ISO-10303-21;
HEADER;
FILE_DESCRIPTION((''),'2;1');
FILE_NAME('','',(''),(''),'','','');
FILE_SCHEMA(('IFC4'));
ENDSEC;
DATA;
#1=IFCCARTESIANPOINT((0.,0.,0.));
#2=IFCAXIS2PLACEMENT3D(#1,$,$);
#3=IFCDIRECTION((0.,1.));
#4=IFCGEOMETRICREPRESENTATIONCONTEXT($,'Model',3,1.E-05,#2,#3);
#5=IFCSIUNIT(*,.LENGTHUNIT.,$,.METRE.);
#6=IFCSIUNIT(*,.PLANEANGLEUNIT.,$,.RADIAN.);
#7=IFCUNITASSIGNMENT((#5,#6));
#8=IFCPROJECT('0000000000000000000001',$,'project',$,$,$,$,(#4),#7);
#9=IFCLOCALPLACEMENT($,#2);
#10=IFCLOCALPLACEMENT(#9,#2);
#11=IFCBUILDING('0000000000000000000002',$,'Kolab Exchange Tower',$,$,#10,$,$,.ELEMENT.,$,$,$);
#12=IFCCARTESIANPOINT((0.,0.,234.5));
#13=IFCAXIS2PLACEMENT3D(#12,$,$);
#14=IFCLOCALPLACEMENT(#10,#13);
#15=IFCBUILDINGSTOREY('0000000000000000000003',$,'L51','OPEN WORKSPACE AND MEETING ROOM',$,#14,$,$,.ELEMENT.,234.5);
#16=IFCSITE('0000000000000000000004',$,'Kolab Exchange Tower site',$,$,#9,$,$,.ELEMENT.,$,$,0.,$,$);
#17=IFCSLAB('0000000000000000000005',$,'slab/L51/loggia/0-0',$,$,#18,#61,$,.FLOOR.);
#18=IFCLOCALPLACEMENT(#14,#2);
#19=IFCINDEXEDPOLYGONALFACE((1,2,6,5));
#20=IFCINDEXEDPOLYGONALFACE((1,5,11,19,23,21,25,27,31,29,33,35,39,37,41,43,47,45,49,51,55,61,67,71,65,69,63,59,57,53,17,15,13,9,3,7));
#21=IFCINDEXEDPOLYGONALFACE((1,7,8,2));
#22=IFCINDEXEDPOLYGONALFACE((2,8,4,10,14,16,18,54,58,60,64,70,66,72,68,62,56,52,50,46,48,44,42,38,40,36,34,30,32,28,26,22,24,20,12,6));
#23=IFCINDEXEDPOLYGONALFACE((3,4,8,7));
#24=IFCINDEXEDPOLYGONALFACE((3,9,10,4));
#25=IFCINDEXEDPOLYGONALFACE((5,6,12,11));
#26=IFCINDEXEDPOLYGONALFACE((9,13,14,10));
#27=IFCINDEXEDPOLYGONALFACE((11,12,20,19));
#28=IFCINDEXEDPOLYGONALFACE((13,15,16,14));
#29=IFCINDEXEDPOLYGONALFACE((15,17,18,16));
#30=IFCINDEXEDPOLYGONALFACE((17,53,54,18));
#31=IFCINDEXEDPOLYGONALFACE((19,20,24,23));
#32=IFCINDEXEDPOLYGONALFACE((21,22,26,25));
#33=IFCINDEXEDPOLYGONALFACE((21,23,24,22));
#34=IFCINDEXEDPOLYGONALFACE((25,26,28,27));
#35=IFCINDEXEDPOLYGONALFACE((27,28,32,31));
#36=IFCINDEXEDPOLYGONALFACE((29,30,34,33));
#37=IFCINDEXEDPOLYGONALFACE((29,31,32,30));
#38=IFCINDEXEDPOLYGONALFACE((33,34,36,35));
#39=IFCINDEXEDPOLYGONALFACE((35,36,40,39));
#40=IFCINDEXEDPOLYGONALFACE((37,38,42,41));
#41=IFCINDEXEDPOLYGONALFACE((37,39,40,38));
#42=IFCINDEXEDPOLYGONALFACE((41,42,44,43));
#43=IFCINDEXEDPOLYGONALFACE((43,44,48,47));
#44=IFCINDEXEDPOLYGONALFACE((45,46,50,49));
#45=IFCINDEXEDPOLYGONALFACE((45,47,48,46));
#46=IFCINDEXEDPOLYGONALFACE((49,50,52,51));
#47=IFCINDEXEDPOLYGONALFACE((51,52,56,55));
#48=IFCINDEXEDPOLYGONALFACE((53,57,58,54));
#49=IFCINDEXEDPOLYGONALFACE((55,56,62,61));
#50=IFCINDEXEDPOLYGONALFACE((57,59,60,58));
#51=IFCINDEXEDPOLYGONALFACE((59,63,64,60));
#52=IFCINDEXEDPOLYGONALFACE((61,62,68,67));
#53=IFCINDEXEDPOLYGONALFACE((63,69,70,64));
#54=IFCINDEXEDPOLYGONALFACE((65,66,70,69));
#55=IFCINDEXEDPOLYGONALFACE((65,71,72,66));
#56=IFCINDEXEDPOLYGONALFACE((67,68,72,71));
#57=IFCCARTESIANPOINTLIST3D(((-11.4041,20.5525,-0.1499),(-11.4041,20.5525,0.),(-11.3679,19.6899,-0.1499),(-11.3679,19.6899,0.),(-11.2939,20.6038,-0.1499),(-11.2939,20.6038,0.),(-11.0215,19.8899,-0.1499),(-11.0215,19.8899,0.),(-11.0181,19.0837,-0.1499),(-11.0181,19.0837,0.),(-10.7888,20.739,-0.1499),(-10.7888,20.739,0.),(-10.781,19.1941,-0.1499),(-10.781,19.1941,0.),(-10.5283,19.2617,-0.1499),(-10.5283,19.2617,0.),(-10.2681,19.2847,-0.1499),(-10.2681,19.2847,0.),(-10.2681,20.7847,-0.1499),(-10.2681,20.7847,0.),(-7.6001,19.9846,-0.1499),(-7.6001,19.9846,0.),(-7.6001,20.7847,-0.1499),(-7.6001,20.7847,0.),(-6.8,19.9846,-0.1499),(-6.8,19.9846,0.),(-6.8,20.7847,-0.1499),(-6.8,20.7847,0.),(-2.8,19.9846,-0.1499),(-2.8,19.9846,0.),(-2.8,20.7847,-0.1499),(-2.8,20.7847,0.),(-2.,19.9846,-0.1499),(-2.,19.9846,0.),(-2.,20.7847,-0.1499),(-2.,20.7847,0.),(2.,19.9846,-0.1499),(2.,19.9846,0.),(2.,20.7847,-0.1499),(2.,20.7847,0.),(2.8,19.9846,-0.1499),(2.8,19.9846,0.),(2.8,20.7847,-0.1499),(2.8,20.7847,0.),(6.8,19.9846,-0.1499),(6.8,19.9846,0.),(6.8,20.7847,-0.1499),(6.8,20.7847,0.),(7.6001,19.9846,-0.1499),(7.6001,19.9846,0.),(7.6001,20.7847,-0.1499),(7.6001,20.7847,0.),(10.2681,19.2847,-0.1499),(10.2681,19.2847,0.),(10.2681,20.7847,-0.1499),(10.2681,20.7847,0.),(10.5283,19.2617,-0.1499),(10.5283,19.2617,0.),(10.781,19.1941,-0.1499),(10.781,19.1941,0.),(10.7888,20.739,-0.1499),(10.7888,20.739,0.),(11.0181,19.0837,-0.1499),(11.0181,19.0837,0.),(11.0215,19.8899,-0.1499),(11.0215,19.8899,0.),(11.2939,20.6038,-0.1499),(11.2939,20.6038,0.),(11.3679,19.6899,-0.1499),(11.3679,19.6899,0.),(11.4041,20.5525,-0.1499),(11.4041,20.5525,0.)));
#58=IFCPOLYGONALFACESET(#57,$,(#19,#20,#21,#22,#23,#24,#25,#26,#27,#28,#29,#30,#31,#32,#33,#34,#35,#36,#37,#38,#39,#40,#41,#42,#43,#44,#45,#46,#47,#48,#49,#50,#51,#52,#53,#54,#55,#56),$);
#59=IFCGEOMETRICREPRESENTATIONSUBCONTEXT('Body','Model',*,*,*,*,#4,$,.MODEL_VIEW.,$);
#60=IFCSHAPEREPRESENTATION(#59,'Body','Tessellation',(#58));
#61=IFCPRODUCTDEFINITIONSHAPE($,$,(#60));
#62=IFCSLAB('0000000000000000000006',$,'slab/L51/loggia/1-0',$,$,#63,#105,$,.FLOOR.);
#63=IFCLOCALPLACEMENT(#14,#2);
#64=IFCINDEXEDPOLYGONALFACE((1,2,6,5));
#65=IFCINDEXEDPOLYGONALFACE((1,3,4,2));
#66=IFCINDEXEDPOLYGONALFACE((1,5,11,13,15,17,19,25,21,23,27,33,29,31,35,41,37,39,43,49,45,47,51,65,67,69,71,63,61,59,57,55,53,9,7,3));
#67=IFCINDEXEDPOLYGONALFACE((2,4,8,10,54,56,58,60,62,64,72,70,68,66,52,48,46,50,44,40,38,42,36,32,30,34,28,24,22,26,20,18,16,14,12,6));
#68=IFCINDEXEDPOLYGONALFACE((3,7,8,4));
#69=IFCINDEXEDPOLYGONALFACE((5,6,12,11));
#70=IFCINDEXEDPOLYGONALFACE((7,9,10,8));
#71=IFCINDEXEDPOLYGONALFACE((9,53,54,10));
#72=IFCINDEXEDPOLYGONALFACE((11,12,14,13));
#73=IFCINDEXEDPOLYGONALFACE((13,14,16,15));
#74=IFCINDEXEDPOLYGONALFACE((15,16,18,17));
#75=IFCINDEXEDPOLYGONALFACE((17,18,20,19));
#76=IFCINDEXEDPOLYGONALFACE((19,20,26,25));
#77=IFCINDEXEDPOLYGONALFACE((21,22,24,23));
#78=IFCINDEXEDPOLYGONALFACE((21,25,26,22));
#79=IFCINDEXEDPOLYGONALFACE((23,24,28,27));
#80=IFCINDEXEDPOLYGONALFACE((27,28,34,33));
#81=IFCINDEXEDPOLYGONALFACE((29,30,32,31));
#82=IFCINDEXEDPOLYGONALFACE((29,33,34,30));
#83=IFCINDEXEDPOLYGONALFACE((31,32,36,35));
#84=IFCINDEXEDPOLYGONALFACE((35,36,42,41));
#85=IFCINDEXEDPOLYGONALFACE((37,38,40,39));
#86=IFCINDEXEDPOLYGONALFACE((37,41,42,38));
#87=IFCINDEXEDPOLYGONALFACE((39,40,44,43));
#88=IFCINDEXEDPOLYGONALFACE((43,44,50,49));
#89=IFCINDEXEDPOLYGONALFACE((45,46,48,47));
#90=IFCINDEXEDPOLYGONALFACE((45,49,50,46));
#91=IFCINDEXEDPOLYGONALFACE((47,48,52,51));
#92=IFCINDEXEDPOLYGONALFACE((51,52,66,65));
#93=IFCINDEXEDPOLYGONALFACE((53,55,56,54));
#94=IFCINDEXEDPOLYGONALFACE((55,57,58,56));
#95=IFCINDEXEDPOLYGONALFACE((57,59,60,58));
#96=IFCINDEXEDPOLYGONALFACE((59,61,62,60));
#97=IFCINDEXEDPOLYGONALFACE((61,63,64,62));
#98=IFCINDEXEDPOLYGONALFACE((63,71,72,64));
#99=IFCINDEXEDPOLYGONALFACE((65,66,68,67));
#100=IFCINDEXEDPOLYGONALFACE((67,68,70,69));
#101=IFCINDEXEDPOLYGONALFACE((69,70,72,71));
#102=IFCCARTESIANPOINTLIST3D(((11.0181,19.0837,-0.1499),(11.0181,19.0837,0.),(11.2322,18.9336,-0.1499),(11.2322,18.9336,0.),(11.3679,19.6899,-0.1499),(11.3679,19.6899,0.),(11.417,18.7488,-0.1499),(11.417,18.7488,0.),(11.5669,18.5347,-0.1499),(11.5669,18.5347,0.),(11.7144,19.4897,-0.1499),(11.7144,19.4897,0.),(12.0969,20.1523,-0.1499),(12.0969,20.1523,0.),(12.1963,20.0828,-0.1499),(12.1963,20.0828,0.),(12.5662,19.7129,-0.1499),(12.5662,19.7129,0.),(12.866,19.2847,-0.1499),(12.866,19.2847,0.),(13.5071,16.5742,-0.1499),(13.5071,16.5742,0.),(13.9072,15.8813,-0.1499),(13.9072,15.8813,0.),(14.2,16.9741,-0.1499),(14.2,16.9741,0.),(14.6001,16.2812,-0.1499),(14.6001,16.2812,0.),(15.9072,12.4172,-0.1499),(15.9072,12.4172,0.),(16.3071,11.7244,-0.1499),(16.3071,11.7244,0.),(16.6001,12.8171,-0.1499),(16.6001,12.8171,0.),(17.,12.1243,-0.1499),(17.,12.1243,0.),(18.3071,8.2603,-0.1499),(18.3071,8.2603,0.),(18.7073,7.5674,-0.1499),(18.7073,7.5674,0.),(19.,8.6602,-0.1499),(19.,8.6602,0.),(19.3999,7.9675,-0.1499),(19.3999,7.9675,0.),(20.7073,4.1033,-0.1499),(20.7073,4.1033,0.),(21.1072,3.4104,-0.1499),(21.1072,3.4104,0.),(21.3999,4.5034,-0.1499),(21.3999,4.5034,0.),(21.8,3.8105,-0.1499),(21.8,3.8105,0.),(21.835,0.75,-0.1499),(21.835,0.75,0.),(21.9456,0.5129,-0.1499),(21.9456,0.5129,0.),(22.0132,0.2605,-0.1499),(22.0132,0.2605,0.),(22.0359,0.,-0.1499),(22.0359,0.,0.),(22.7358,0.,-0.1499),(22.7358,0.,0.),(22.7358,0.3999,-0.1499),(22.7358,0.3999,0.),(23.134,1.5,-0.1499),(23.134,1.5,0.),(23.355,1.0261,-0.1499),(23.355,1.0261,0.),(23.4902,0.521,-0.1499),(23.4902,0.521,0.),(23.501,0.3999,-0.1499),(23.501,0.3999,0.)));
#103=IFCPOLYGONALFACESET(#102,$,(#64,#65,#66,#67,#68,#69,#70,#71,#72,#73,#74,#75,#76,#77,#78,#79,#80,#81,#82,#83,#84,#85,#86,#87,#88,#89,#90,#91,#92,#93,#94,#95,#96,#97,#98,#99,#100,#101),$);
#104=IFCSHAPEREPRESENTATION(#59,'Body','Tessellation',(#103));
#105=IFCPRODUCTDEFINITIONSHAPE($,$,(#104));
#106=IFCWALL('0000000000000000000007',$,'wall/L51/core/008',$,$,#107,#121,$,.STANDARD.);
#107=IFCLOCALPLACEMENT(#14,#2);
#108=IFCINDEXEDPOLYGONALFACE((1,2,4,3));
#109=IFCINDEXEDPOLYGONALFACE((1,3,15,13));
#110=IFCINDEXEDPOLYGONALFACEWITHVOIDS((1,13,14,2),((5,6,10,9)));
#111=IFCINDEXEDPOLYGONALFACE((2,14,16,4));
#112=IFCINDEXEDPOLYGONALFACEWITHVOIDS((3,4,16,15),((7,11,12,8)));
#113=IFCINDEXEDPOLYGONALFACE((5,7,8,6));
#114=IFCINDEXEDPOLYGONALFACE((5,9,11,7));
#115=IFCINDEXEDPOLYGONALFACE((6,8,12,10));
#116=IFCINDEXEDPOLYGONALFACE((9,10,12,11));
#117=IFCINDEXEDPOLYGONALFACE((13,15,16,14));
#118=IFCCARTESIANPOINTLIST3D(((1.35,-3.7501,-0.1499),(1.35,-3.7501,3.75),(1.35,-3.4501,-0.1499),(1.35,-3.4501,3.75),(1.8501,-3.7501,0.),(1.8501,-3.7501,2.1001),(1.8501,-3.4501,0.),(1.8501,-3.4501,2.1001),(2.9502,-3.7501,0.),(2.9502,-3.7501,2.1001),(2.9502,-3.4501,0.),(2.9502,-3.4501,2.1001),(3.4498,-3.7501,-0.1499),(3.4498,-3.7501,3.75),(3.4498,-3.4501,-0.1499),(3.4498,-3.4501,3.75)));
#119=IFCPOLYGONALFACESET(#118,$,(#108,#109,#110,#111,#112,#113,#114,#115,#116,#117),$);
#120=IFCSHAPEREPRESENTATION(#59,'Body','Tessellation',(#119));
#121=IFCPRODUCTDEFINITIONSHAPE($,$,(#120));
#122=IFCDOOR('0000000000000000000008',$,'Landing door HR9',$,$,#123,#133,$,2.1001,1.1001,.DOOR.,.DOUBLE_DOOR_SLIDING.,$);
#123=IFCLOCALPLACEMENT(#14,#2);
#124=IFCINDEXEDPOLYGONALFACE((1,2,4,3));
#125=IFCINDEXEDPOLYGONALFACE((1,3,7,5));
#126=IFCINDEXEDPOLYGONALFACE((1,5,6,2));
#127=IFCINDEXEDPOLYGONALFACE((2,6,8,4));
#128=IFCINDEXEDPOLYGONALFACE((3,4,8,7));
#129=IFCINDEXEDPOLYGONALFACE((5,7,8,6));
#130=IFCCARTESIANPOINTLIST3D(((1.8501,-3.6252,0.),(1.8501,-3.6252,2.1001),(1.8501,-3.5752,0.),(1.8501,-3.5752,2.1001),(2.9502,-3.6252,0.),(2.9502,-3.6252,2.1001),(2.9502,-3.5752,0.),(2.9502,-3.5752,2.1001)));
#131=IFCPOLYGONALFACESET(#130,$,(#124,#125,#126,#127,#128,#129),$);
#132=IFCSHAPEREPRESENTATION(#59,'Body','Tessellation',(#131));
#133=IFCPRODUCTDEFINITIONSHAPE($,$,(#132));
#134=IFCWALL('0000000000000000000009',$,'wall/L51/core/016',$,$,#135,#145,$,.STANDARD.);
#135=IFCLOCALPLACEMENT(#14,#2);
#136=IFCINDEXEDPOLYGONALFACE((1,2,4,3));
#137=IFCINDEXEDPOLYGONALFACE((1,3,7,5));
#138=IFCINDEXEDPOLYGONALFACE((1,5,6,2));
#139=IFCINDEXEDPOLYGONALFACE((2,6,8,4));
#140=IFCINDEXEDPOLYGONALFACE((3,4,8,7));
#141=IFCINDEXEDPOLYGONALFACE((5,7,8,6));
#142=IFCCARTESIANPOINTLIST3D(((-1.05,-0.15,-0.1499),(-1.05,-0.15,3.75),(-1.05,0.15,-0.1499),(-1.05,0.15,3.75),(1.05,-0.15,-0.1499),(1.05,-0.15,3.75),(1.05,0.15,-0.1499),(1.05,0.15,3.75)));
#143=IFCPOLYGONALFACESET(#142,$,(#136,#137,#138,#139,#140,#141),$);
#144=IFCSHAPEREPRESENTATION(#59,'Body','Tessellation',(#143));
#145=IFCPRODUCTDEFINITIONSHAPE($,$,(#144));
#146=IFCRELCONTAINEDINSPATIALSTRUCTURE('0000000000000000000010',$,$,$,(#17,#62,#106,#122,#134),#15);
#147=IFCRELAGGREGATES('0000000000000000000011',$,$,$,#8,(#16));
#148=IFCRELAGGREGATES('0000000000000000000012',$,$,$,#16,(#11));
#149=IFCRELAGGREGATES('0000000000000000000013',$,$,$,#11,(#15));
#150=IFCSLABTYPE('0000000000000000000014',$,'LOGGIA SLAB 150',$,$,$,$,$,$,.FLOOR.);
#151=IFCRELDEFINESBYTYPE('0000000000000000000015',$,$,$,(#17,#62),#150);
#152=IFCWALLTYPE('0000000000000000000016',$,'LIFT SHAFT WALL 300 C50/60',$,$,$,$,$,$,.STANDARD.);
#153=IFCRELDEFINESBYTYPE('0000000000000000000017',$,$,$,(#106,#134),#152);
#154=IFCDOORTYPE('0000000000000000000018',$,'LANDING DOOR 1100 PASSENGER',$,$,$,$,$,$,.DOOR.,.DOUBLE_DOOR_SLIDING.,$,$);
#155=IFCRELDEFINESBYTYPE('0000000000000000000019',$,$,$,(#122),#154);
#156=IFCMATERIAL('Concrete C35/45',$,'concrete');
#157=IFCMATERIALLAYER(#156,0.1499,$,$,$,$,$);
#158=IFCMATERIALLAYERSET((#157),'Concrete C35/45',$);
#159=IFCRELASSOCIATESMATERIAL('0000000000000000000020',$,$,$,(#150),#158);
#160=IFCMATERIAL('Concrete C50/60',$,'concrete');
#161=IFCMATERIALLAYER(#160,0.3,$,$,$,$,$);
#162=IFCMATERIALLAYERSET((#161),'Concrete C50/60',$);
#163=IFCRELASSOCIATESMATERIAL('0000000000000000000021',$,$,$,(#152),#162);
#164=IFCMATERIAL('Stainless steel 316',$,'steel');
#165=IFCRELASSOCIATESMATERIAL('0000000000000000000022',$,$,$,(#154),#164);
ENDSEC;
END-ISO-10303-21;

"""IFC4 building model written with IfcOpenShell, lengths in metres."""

from ifc_helpers import new_model, si_unit, direction, frame, frame_2d, origin, place, context, subcontext, project, spatial, polyline, rectangle, outline, extrude, material, layer, layer_set, type_object, element, fill, save


model = new_model("IFC4")

# Units and contexts
model_context = context("Model", 3, precision=1e-05, world=origin(), true_north=direction((0.0, 1.0)))
body_context = subcontext(model_context, "Body", "Model", "MODEL_VIEW")
ifc_project = project(units=[si_unit("LENGTHUNIT", "METRE"), si_unit("PLANEANGLEUNIT", "RADIAN")], contexts=[model_context])

# Site, building, storey
site_placement = place(None, origin())
site = spatial("IfcSite", under=ifc_project, at=site_placement, Name="Kolab Exchange Tower site", CompositionType="ELEMENT", RefElevation=0.0)
building_placement = place(site_placement, origin())
building = spatial("IfcBuilding", under=site, at=building_placement, Name="Kolab Exchange Tower", CompositionType="ELEMENT")
storey_placement = place(building_placement, frame((0.0, 0.0, 234.5)))
storey = spatial("IfcBuildingStorey", under=building, at=storey_placement, Name="L51", Description="OPEN WORKSPACE AND MEETING ROOM", CompositionType="ELEMENT", Elevation=234.5)

# Slabs
ifc_material_1 = material(Name="Concrete C35/45", Category="concrete")
ifc_layer_1 = layer(ifc_material_1, 0.1499)
ifc_layer_set_1 = layer_set([ifc_layer_1], Name="Concrete C35/45")
slab_type_1 = type_object("IfcSlabType", Name="LOGGIA SLAB 150", PredefinedType="FLOOR", material=ifc_layer_set_1)
slab_1_placement = place(storey_placement, frame((0.0, 0.0, -0.1499)))
element("IfcSlab", 1, at=slab_1_placement, inside=storey, type_object=slab_type_1, Name="slab/L51/loggia/0-0", PredefinedType="FLOOR", context=body_context, shape_type="SweptSolid", body=[
    extrude(outline(polyline([(11.0181, 19.0837), (11.3679, 19.6899), (11.0215, 19.8899), (11.4041, 20.5525), (11.2939, 20.6038), (10.7888, 20.739), (10.2681, 20.7847), (7.6001, 20.7847), (7.6001, 19.9846), (6.8, 19.9846), (6.8, 20.7847), (2.8, 20.7847), (2.8, 19.9846), (2.0, 19.9846), (2.0, 20.7847), (-2.0, 20.7847), (-2.0, 19.9846), (-2.8, 19.9846), (-2.8, 20.7847), (-6.8, 20.7847), (-6.8, 19.9846), (-7.6001, 19.9846), (-7.6001, 20.7847), (-10.2681, 20.7847), (-10.7888, 20.739), (-11.2939, 20.6038), (-11.4041, 20.5525), (-11.0215, 19.8899), (-11.3679, 19.6899), (-11.0181, 19.0837), (-10.781, 19.1941), (-10.5283, 19.2617), (-10.2681, 19.2847), (10.2681, 19.2847), (10.5283, 19.2617), (10.781, 19.1941), (11.0181, 19.0837)])), origin(), (0.0, 0.0, 1.0), 0.1499),
])
slab_2_placement = place(storey_placement, frame((0.0, 0.0, -0.1499)))
element("IfcSlab", 2, at=slab_2_placement, inside=storey, type_object=slab_type_1, Name="slab/L51/loggia/1-0", PredefinedType="FLOOR", context=body_context, shape_type="SweptSolid", body=[
    extrude(outline(polyline([(22.0359, 0.0), (22.7358, 0.0), (22.7358, 0.3999), (23.501, 0.3999), (23.4902, 0.521), (23.355, 1.0261), (23.134, 1.5), (21.8, 3.8105), (21.1072, 3.4104), (20.7073, 4.1033), (21.3999, 4.5034), (19.3999, 7.9675), (18.7073, 7.5674), (18.3071, 8.2603), (19.0, 8.6602), (17.0, 12.1243), (16.3071, 11.7244), (15.9072, 12.4172), (16.6001, 12.8171), (14.6001, 16.2812), (13.9072, 15.8813), (13.5071, 16.5742), (14.2, 16.9741), (12.866, 19.2847), (12.5662, 19.7129), (12.1963, 20.0828), (12.0969, 20.1523), (11.7144, 19.4897), (11.3679, 19.6899), (11.0181, 19.0837), (11.2322, 18.9336), (11.417, 18.7488), (11.5669, 18.5347), (21.835, 0.75), (21.9456, 0.5129), (22.0132, 0.2605), (22.0359, 0.0)])), origin(), (0.0, 0.0, 1.0), 0.1499),
])

# Wall, opening, door
ifc_material_2 = material(Name="Concrete C50/60", Category="concrete")
ifc_layer_2 = layer(ifc_material_2, 0.3)
ifc_layer_set_2 = layer_set([ifc_layer_2], Name="Concrete C50/60")
wall_type_1 = type_object("IfcWallType", Name="LIFT SHAFT WALL 300 C50/60", PredefinedType="STANDARD", material=ifc_layer_set_2)
wall_1_placement = place(storey_placement, frame((1.3501, -3.6001, -0.1499), z_axis=(0.0, 0.0, 1.0), x_axis=(1.0, 0.0, 0.0)))
wall_1 = element("IfcWall", 3, at=wall_1_placement, inside=storey, type_object=wall_type_1, Name="wall/L51/core/008", PredefinedType="STANDARD", context=body_context, shape_type="SweptSolid", body=[
    extrude(rectangle(XDim=2.0999, YDim=0.3, at=frame_2d((1.0498, 0.0))), origin(), (0.0, 0.0, 1.0), 3.8999),
])
opening_1_placement = place(wall_1_placement, frame((0.5, 0.0, 0.1499)))
opening_1 = element("IfcOpeningElement", 4, at=opening_1_placement, cuts=wall_1, PredefinedType="OPENING", context=body_context, shape_type="SweptSolid", body=[
    extrude(rectangle(XDim=1.1001, YDim=2.1001, at=frame_2d((0.55, 1.05))), frame((0.0, 0.1602, 0.0), z_axis=(0.0, -1.0, 0.0), x_axis=(1.0, 0.0, 0.0)), (0.0, 0.0, 1.0), 0.3201),
])
ifc_material_3 = material(Name="Stainless steel 316", Category="steel")
door_type_1 = type_object("IfcDoorType", Name="LANDING DOOR 1100 PASSENGER", OperationType="DOUBLE_DOOR_SLIDING", PredefinedType="DOOR", material=ifc_material_3)
door_1_placement = place(opening_1_placement, origin())
door_1 = element("IfcDoor", 5, at=door_1_placement, inside=storey, type_object=door_type_1, Name="Landing door HR9", OperationType="DOUBLE_DOOR_SLIDING", OverallHeight=2.1001, OverallWidth=1.1001, PredefinedType="DOOR", context=body_context, shape_type="SweptSolid", body=[
    extrude(rectangle(XDim=1.1001, YDim=2.1001, at=frame_2d((0.55, 1.05))), frame((0.0, 0.0249, 0.0), z_axis=(0.0, -1.0, 0.0), x_axis=(1.0, 0.0, 0.0)), (0.0, 0.0, 1.0), 0.05),
])
fill(opening_1, door_1)

# Wall
wall_2_placement = place(storey_placement, frame((-1.05, 0.0, -0.1499), z_axis=(0.0, 0.0, 1.0), x_axis=(1.0, 0.0, 0.0)))
element("IfcWall", 6, at=wall_2_placement, inside=storey, type_object=wall_type_1, Name="wall/L51/core/016", PredefinedType="STANDARD", context=body_context, shape_type="SweptSolid", body=[
    extrude(rectangle(XDim=2.1001, YDim=0.3, at=frame_2d((1.05, 0.0))), origin(), (0.0, 0.0, 1.0), 3.8999),
])

save(model, "model.ifc")
